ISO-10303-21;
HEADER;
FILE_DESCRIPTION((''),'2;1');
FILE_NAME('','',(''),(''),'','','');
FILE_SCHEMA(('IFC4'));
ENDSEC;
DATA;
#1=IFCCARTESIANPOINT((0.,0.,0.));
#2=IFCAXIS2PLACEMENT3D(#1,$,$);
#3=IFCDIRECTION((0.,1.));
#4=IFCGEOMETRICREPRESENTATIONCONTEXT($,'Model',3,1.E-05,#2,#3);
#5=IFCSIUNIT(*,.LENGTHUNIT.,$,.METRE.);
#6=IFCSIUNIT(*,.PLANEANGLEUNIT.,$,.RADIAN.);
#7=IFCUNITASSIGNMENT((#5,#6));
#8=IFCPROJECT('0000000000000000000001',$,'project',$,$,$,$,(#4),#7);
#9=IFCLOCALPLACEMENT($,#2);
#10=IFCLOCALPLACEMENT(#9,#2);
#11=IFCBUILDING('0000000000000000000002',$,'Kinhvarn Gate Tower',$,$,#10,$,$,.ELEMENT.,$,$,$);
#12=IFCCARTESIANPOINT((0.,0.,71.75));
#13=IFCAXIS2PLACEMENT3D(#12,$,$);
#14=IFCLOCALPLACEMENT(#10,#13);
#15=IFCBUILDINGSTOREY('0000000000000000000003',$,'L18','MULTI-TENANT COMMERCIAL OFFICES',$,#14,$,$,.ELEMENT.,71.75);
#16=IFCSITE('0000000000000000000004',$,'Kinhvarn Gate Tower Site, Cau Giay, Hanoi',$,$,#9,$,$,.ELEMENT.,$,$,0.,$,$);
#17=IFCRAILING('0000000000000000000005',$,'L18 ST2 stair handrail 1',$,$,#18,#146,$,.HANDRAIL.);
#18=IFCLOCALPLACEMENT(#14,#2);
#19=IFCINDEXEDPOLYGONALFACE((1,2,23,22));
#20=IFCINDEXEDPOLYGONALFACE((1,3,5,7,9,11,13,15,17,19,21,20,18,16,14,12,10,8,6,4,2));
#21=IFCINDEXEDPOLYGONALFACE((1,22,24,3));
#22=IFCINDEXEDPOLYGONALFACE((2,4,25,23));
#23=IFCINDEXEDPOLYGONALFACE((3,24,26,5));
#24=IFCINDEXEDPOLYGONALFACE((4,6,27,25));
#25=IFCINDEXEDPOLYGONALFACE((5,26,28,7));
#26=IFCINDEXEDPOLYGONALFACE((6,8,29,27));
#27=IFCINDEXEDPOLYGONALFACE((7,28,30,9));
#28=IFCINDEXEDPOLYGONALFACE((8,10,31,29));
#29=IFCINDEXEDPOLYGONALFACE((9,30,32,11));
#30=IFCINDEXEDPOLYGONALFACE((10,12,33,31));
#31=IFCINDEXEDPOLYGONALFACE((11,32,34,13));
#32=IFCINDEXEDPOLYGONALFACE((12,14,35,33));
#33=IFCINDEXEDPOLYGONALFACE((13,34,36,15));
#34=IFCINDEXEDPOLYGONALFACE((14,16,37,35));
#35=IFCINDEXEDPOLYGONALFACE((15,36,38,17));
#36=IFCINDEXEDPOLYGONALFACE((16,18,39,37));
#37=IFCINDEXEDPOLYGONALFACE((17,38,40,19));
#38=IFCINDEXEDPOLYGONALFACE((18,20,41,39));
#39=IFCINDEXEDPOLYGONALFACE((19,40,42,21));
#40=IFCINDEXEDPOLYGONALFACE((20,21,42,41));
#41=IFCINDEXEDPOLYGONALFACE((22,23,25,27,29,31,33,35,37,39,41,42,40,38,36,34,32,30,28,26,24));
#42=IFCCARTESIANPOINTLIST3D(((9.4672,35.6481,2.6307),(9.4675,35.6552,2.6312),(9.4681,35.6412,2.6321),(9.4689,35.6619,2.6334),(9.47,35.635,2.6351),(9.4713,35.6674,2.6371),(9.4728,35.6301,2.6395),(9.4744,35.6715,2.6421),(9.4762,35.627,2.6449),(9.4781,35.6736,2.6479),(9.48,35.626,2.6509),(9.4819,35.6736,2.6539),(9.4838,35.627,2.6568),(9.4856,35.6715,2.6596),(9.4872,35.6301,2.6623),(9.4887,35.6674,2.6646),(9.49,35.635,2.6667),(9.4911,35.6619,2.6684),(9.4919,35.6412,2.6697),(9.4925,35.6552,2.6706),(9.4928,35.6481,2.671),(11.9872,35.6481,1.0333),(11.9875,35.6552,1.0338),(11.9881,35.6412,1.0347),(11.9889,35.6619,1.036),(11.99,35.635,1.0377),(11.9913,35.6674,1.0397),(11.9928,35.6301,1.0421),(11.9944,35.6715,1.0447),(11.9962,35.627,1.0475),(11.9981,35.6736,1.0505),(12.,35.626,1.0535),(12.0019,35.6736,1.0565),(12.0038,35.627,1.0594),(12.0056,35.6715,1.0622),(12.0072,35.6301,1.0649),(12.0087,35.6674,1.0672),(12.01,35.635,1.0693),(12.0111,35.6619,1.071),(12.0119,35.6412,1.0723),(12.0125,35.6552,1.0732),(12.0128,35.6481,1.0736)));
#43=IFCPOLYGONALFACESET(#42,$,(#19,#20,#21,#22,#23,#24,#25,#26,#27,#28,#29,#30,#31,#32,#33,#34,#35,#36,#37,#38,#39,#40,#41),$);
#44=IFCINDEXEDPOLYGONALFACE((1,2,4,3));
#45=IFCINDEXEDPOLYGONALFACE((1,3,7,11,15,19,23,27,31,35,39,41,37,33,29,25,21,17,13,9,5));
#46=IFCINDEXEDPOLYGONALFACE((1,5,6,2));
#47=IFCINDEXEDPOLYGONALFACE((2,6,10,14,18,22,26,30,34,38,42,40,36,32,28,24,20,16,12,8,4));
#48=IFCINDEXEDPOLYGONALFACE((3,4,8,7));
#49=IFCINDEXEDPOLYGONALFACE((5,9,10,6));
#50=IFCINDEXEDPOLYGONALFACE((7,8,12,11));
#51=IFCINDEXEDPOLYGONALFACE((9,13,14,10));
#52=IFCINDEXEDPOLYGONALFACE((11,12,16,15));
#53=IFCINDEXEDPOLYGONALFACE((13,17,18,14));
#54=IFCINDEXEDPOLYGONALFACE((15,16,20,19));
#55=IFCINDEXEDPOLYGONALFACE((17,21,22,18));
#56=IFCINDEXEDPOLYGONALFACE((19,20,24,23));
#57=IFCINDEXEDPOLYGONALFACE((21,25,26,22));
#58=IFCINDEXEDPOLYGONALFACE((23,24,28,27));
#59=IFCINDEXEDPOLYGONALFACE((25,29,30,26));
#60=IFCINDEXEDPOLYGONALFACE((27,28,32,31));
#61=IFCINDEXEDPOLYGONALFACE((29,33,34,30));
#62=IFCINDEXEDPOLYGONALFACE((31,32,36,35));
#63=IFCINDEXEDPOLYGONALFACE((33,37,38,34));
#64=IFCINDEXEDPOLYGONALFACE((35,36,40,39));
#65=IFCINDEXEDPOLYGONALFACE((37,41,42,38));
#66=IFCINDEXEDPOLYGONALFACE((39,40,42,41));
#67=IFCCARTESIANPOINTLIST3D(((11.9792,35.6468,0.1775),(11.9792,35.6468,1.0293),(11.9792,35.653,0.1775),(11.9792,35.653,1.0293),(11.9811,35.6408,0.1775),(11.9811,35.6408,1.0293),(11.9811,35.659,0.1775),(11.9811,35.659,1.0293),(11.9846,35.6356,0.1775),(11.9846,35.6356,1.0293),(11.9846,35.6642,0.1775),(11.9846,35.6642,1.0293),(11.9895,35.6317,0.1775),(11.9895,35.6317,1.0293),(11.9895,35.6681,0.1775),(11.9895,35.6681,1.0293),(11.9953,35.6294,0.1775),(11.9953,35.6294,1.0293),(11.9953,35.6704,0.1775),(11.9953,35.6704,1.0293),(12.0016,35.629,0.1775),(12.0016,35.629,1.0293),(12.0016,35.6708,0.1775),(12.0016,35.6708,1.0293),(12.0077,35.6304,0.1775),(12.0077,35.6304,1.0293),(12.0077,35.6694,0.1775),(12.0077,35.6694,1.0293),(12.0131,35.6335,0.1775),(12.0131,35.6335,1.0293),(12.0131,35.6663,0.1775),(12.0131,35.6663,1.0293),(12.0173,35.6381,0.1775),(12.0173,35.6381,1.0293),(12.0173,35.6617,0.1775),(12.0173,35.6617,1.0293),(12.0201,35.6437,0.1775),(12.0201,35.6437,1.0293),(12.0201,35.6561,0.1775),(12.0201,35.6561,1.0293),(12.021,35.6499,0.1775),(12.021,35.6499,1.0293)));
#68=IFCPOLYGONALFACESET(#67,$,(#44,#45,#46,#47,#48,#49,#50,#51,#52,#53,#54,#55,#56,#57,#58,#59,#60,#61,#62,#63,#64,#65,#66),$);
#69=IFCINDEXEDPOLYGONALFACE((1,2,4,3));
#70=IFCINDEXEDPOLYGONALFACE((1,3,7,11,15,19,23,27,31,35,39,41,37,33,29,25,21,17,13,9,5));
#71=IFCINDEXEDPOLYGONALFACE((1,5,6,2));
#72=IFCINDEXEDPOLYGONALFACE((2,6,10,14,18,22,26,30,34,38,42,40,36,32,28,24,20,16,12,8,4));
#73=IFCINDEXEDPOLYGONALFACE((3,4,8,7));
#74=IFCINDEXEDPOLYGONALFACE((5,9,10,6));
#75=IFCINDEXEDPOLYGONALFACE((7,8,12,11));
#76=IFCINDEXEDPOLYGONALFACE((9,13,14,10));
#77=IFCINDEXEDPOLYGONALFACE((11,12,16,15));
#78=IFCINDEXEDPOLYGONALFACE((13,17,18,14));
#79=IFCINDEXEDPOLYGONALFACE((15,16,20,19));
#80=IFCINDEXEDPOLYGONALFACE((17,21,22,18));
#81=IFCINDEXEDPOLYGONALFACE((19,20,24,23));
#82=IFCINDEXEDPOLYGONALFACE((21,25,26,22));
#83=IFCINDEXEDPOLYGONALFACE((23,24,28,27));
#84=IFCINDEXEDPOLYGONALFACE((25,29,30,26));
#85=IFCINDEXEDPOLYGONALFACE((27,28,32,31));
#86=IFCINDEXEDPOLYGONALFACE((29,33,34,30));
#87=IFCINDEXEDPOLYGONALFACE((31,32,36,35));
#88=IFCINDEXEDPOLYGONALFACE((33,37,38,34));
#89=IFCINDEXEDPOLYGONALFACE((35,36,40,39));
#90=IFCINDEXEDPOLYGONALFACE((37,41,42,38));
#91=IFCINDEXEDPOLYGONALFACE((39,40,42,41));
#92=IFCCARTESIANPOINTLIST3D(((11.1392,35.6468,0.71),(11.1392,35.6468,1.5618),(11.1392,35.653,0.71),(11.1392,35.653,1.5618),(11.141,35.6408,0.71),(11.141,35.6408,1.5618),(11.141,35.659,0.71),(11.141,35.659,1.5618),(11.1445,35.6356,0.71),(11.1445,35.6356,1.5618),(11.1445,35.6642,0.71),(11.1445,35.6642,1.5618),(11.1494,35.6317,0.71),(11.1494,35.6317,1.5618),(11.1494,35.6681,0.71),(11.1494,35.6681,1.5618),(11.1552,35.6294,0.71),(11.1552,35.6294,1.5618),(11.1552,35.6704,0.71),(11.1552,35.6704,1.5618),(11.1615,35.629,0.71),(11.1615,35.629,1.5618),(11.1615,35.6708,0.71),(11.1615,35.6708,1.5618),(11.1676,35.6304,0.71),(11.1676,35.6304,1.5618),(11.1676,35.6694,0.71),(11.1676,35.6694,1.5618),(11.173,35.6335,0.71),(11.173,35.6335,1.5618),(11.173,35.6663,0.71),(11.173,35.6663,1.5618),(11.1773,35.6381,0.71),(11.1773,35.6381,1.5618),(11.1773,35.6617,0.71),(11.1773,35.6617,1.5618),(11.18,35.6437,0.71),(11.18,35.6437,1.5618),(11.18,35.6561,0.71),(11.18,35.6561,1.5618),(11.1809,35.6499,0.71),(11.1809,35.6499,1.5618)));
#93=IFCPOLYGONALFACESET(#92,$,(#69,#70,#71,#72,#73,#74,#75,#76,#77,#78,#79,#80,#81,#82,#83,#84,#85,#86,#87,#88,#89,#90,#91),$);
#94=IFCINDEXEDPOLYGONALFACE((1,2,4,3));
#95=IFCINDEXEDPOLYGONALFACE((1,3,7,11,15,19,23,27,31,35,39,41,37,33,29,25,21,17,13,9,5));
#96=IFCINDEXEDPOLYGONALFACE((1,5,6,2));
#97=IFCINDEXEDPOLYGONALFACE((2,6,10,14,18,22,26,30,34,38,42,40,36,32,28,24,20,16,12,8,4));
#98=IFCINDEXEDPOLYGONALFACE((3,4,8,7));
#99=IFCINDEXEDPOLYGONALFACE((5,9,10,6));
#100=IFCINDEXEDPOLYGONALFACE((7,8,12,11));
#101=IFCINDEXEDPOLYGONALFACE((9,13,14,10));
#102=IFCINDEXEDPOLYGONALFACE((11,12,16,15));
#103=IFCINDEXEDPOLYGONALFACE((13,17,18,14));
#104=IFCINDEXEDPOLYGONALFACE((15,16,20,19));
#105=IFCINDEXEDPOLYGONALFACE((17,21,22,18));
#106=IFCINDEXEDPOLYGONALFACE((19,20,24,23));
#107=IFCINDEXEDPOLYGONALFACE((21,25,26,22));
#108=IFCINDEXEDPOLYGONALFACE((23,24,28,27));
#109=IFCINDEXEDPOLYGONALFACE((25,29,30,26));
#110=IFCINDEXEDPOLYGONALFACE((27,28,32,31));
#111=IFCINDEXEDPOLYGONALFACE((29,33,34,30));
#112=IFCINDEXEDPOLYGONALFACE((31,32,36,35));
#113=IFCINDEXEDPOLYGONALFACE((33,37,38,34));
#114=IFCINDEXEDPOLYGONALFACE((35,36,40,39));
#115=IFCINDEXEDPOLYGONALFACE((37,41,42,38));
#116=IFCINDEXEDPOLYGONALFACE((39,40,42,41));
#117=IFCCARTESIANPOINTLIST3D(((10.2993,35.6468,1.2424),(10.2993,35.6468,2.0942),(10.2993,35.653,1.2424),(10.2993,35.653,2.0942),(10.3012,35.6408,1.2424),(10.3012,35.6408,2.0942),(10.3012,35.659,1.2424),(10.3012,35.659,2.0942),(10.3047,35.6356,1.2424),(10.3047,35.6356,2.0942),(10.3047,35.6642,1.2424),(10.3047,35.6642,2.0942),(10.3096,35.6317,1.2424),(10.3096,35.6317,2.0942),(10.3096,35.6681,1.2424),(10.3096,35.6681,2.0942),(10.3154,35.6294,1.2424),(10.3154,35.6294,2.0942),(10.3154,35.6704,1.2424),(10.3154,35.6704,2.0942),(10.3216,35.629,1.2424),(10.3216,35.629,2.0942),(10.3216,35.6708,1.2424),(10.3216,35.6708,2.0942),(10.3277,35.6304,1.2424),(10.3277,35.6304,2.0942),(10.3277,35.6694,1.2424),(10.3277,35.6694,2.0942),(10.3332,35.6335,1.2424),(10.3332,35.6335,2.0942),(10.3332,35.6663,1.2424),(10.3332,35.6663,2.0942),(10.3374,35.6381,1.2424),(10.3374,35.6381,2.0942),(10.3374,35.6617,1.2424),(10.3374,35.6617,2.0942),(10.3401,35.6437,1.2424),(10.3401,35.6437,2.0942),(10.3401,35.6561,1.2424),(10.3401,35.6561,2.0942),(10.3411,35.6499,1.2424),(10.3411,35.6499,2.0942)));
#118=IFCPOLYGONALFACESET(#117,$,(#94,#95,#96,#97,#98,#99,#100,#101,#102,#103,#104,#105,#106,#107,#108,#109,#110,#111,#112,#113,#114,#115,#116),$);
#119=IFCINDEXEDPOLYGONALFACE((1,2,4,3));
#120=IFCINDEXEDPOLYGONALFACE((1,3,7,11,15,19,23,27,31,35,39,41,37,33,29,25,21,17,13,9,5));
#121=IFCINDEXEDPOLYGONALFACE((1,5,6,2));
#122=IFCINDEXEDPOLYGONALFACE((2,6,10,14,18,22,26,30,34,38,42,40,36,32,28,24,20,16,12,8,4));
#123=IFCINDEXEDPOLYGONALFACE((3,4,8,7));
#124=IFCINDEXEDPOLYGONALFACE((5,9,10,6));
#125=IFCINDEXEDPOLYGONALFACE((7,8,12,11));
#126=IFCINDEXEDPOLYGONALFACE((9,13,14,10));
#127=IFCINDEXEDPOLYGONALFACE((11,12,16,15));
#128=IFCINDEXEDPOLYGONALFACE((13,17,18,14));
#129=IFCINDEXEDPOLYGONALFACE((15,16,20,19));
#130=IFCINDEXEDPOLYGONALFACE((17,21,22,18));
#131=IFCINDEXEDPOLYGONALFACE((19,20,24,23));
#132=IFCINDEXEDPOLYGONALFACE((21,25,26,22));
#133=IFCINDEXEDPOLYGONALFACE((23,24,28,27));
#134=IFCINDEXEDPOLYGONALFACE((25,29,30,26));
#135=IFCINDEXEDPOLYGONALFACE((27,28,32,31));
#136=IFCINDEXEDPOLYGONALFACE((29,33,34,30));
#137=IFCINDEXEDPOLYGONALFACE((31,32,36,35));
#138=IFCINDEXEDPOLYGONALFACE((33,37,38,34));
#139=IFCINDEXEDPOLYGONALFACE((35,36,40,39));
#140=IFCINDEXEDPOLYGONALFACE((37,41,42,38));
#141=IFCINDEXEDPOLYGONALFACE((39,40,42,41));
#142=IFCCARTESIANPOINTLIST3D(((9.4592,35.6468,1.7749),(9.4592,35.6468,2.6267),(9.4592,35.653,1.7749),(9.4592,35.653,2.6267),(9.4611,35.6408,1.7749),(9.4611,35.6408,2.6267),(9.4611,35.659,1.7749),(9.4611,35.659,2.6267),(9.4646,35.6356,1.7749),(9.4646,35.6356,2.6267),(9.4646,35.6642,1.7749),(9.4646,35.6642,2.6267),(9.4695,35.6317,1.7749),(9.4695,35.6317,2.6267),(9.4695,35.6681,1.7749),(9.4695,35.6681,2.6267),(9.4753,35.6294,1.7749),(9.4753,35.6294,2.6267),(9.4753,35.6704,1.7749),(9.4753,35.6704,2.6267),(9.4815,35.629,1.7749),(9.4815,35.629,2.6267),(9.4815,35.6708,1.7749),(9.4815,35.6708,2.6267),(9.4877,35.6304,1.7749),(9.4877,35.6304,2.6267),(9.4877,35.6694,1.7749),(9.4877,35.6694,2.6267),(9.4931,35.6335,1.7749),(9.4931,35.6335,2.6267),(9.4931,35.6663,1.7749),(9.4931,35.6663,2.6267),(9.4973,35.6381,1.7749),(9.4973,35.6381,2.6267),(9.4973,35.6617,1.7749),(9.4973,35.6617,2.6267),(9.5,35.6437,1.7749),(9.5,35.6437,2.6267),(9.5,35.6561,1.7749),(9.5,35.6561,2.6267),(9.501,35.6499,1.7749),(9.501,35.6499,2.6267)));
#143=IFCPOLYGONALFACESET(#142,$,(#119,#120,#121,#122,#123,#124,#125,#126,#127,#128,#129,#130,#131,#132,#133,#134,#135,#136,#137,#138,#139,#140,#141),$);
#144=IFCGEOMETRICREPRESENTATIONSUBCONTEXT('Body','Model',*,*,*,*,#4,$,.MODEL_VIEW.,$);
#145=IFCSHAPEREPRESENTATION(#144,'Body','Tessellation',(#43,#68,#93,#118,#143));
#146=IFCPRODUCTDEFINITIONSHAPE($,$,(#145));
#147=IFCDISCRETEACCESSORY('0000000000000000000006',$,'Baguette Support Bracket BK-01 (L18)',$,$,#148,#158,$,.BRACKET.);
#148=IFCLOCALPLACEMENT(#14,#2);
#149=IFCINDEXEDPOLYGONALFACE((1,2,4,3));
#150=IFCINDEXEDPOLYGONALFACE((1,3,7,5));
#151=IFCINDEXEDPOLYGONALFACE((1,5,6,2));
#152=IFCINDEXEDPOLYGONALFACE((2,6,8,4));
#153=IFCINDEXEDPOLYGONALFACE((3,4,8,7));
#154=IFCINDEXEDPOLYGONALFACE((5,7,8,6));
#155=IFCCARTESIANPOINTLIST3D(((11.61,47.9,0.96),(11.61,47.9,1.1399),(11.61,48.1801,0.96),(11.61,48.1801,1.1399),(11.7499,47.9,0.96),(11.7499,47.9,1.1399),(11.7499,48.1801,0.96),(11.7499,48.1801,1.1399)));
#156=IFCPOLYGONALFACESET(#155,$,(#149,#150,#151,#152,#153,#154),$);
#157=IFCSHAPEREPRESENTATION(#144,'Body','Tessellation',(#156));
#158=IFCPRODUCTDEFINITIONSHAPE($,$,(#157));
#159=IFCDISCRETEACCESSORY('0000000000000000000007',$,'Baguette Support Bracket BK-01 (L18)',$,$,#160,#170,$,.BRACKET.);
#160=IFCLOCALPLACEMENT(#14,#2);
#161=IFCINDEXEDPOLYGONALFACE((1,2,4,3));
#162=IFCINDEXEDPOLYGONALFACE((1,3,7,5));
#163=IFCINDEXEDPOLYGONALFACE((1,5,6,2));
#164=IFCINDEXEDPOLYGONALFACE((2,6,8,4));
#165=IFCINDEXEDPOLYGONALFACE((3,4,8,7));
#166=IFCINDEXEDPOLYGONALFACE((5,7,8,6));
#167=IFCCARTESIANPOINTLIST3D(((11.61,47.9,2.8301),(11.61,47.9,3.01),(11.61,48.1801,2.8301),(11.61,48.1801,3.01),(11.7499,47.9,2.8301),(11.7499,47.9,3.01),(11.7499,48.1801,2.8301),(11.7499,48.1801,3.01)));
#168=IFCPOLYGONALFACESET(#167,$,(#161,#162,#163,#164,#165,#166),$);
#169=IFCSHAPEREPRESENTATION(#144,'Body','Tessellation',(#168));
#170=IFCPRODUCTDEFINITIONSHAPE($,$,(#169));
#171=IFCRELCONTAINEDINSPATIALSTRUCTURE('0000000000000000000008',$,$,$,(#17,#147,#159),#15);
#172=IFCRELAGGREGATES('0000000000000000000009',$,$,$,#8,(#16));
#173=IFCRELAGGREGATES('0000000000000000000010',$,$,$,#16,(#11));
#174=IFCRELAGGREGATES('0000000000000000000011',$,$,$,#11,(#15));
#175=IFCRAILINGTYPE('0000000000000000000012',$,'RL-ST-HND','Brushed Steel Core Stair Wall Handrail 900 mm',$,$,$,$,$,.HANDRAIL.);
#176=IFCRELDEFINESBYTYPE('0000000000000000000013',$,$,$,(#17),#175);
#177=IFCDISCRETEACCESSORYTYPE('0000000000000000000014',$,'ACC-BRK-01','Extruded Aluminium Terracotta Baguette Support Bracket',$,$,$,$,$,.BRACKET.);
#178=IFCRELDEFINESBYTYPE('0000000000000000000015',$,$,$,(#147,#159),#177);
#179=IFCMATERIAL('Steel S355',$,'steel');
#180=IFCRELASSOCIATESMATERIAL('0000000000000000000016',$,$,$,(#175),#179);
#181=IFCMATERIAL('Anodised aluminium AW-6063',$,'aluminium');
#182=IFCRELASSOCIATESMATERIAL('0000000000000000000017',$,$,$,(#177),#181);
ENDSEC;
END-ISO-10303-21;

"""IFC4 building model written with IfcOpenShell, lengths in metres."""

from ifc_helpers import new_model, si_unit, direction, frame, origin, origin_2d, place, context, subcontext, project, spatial, rectangle, circle, extrude, material, type_object, element, save


model = new_model("IFC4")

# Units and contexts
model_context = context("Model", 3, precision=1e-05, world=origin(), true_north=direction((0.0, 1.0)))
body_context = subcontext(model_context, "Body", "Model", "MODEL_VIEW")
ifc_project = project(units=[si_unit("LENGTHUNIT", "METRE"), si_unit("PLANEANGLEUNIT", "RADIAN")], contexts=[model_context])

# Site, building, storey
site_placement = place(None, origin())
site = spatial("IfcSite", under=ifc_project, at=site_placement, Name="Kinhvarn Gate Tower Site, Cau Giay, Hanoi", CompositionType="ELEMENT", RefElevation=0.0)
building_placement = place(site_placement, origin())
building = spatial("IfcBuilding", under=site, at=building_placement, Name="Kinhvarn Gate Tower", CompositionType="ELEMENT")
storey_placement = place(building_placement, frame((0.0, 0.0, 71.75)))
storey = spatial("IfcBuildingStorey", under=building, at=storey_placement, Name="L18", Description="MULTI-TENANT COMMERCIAL OFFICES", CompositionType="ELEMENT", Elevation=71.75)

# Shared definitions
ifc_material_1 = material(Name="Anodised aluminium AW-6063", Category="aluminium")

# Shared definitions
ifc_material_2 = material(Name="Steel S355", Category="steel")

# Railing
railing_type_1 = type_object("IfcRailingType", Name="RL-ST-HND", Description="Brushed Steel Core Stair Wall Handrail 900 mm", PredefinedType="HANDRAIL", material=ifc_material_2)
railing_1_placement = place(storey_placement, frame((12.0, 35.6499, 0.1775)))
element("IfcRailing", 1, at=railing_1_placement, inside=storey, type_object=railing_type_1, Name="L18 ST2 stair handrail 1", PredefinedType="HANDRAIL", context=body_context, shape_type="SweptSolid", body=[
    extrude(circle(Radius=0.0239, at=origin_2d()), frame((0.0, 0.0, 0.876), z_axis=(-0.844607, 0.0, 0.535387), x_axis=(0.0, -1.0, 0.0)), (0.0, 0.0, 1.0), 2.9836),
    extrude(circle(Radius=0.021, at=origin_2d()), origin(), (0.0, 0.0, 1.0), 0.8518),
    extrude(circle(Radius=0.021, at=origin_2d()), frame((-0.8401, 0.0, 0.5325)), (0.0, 0.0, 1.0), 0.8518),
    extrude(circle(Radius=0.021, at=origin_2d()), frame((-1.6799, 0.0, 1.0649)), (0.0, 0.0, 1.0), 0.8518),
    extrude(circle(Radius=0.021, at=origin_2d()), frame((-2.52, 0.0, 1.5974)), (0.0, 0.0, 1.0), 0.8518),
])

# Discrete accessories
discrete_accessory_type = type_object("IfcDiscreteAccessoryType", Name="ACC-BRK-01", Description="Extruded Aluminium Terracotta Baguette Support Bracket", PredefinedType="BRACKET", material=ifc_material_1)
for number, where, z_axis, x_axis, name in (
    (2, (11.6799, 48.04, 0.96), (0.0, 0.0, 1.0), (-1.0, 0.0, 0.0), "Baguette Support Bracket BK-01 (L18)"),
    (3, (11.6799, 48.04, 2.8301), (0.0, 0.0, 1.0), (-1.0, 0.0, 0.0), "Baguette Support Bracket BK-01 (L18)"),
):
    element("IfcDiscreteAccessory", number, at=place(storey_placement, frame(where, z_axis=z_axis, x_axis=x_axis)), inside=storey, type_object=discrete_accessory_type, Name=name, PredefinedType="BRACKET", context=body_context, shape_type="SweptSolid", body=[
        extrude(rectangle(XDim=0.1399, YDim=0.28, at=origin_2d()), origin(), (0.0, 0.0, 1.0), 0.1799),
    ])

save(model, "model.ifc")
